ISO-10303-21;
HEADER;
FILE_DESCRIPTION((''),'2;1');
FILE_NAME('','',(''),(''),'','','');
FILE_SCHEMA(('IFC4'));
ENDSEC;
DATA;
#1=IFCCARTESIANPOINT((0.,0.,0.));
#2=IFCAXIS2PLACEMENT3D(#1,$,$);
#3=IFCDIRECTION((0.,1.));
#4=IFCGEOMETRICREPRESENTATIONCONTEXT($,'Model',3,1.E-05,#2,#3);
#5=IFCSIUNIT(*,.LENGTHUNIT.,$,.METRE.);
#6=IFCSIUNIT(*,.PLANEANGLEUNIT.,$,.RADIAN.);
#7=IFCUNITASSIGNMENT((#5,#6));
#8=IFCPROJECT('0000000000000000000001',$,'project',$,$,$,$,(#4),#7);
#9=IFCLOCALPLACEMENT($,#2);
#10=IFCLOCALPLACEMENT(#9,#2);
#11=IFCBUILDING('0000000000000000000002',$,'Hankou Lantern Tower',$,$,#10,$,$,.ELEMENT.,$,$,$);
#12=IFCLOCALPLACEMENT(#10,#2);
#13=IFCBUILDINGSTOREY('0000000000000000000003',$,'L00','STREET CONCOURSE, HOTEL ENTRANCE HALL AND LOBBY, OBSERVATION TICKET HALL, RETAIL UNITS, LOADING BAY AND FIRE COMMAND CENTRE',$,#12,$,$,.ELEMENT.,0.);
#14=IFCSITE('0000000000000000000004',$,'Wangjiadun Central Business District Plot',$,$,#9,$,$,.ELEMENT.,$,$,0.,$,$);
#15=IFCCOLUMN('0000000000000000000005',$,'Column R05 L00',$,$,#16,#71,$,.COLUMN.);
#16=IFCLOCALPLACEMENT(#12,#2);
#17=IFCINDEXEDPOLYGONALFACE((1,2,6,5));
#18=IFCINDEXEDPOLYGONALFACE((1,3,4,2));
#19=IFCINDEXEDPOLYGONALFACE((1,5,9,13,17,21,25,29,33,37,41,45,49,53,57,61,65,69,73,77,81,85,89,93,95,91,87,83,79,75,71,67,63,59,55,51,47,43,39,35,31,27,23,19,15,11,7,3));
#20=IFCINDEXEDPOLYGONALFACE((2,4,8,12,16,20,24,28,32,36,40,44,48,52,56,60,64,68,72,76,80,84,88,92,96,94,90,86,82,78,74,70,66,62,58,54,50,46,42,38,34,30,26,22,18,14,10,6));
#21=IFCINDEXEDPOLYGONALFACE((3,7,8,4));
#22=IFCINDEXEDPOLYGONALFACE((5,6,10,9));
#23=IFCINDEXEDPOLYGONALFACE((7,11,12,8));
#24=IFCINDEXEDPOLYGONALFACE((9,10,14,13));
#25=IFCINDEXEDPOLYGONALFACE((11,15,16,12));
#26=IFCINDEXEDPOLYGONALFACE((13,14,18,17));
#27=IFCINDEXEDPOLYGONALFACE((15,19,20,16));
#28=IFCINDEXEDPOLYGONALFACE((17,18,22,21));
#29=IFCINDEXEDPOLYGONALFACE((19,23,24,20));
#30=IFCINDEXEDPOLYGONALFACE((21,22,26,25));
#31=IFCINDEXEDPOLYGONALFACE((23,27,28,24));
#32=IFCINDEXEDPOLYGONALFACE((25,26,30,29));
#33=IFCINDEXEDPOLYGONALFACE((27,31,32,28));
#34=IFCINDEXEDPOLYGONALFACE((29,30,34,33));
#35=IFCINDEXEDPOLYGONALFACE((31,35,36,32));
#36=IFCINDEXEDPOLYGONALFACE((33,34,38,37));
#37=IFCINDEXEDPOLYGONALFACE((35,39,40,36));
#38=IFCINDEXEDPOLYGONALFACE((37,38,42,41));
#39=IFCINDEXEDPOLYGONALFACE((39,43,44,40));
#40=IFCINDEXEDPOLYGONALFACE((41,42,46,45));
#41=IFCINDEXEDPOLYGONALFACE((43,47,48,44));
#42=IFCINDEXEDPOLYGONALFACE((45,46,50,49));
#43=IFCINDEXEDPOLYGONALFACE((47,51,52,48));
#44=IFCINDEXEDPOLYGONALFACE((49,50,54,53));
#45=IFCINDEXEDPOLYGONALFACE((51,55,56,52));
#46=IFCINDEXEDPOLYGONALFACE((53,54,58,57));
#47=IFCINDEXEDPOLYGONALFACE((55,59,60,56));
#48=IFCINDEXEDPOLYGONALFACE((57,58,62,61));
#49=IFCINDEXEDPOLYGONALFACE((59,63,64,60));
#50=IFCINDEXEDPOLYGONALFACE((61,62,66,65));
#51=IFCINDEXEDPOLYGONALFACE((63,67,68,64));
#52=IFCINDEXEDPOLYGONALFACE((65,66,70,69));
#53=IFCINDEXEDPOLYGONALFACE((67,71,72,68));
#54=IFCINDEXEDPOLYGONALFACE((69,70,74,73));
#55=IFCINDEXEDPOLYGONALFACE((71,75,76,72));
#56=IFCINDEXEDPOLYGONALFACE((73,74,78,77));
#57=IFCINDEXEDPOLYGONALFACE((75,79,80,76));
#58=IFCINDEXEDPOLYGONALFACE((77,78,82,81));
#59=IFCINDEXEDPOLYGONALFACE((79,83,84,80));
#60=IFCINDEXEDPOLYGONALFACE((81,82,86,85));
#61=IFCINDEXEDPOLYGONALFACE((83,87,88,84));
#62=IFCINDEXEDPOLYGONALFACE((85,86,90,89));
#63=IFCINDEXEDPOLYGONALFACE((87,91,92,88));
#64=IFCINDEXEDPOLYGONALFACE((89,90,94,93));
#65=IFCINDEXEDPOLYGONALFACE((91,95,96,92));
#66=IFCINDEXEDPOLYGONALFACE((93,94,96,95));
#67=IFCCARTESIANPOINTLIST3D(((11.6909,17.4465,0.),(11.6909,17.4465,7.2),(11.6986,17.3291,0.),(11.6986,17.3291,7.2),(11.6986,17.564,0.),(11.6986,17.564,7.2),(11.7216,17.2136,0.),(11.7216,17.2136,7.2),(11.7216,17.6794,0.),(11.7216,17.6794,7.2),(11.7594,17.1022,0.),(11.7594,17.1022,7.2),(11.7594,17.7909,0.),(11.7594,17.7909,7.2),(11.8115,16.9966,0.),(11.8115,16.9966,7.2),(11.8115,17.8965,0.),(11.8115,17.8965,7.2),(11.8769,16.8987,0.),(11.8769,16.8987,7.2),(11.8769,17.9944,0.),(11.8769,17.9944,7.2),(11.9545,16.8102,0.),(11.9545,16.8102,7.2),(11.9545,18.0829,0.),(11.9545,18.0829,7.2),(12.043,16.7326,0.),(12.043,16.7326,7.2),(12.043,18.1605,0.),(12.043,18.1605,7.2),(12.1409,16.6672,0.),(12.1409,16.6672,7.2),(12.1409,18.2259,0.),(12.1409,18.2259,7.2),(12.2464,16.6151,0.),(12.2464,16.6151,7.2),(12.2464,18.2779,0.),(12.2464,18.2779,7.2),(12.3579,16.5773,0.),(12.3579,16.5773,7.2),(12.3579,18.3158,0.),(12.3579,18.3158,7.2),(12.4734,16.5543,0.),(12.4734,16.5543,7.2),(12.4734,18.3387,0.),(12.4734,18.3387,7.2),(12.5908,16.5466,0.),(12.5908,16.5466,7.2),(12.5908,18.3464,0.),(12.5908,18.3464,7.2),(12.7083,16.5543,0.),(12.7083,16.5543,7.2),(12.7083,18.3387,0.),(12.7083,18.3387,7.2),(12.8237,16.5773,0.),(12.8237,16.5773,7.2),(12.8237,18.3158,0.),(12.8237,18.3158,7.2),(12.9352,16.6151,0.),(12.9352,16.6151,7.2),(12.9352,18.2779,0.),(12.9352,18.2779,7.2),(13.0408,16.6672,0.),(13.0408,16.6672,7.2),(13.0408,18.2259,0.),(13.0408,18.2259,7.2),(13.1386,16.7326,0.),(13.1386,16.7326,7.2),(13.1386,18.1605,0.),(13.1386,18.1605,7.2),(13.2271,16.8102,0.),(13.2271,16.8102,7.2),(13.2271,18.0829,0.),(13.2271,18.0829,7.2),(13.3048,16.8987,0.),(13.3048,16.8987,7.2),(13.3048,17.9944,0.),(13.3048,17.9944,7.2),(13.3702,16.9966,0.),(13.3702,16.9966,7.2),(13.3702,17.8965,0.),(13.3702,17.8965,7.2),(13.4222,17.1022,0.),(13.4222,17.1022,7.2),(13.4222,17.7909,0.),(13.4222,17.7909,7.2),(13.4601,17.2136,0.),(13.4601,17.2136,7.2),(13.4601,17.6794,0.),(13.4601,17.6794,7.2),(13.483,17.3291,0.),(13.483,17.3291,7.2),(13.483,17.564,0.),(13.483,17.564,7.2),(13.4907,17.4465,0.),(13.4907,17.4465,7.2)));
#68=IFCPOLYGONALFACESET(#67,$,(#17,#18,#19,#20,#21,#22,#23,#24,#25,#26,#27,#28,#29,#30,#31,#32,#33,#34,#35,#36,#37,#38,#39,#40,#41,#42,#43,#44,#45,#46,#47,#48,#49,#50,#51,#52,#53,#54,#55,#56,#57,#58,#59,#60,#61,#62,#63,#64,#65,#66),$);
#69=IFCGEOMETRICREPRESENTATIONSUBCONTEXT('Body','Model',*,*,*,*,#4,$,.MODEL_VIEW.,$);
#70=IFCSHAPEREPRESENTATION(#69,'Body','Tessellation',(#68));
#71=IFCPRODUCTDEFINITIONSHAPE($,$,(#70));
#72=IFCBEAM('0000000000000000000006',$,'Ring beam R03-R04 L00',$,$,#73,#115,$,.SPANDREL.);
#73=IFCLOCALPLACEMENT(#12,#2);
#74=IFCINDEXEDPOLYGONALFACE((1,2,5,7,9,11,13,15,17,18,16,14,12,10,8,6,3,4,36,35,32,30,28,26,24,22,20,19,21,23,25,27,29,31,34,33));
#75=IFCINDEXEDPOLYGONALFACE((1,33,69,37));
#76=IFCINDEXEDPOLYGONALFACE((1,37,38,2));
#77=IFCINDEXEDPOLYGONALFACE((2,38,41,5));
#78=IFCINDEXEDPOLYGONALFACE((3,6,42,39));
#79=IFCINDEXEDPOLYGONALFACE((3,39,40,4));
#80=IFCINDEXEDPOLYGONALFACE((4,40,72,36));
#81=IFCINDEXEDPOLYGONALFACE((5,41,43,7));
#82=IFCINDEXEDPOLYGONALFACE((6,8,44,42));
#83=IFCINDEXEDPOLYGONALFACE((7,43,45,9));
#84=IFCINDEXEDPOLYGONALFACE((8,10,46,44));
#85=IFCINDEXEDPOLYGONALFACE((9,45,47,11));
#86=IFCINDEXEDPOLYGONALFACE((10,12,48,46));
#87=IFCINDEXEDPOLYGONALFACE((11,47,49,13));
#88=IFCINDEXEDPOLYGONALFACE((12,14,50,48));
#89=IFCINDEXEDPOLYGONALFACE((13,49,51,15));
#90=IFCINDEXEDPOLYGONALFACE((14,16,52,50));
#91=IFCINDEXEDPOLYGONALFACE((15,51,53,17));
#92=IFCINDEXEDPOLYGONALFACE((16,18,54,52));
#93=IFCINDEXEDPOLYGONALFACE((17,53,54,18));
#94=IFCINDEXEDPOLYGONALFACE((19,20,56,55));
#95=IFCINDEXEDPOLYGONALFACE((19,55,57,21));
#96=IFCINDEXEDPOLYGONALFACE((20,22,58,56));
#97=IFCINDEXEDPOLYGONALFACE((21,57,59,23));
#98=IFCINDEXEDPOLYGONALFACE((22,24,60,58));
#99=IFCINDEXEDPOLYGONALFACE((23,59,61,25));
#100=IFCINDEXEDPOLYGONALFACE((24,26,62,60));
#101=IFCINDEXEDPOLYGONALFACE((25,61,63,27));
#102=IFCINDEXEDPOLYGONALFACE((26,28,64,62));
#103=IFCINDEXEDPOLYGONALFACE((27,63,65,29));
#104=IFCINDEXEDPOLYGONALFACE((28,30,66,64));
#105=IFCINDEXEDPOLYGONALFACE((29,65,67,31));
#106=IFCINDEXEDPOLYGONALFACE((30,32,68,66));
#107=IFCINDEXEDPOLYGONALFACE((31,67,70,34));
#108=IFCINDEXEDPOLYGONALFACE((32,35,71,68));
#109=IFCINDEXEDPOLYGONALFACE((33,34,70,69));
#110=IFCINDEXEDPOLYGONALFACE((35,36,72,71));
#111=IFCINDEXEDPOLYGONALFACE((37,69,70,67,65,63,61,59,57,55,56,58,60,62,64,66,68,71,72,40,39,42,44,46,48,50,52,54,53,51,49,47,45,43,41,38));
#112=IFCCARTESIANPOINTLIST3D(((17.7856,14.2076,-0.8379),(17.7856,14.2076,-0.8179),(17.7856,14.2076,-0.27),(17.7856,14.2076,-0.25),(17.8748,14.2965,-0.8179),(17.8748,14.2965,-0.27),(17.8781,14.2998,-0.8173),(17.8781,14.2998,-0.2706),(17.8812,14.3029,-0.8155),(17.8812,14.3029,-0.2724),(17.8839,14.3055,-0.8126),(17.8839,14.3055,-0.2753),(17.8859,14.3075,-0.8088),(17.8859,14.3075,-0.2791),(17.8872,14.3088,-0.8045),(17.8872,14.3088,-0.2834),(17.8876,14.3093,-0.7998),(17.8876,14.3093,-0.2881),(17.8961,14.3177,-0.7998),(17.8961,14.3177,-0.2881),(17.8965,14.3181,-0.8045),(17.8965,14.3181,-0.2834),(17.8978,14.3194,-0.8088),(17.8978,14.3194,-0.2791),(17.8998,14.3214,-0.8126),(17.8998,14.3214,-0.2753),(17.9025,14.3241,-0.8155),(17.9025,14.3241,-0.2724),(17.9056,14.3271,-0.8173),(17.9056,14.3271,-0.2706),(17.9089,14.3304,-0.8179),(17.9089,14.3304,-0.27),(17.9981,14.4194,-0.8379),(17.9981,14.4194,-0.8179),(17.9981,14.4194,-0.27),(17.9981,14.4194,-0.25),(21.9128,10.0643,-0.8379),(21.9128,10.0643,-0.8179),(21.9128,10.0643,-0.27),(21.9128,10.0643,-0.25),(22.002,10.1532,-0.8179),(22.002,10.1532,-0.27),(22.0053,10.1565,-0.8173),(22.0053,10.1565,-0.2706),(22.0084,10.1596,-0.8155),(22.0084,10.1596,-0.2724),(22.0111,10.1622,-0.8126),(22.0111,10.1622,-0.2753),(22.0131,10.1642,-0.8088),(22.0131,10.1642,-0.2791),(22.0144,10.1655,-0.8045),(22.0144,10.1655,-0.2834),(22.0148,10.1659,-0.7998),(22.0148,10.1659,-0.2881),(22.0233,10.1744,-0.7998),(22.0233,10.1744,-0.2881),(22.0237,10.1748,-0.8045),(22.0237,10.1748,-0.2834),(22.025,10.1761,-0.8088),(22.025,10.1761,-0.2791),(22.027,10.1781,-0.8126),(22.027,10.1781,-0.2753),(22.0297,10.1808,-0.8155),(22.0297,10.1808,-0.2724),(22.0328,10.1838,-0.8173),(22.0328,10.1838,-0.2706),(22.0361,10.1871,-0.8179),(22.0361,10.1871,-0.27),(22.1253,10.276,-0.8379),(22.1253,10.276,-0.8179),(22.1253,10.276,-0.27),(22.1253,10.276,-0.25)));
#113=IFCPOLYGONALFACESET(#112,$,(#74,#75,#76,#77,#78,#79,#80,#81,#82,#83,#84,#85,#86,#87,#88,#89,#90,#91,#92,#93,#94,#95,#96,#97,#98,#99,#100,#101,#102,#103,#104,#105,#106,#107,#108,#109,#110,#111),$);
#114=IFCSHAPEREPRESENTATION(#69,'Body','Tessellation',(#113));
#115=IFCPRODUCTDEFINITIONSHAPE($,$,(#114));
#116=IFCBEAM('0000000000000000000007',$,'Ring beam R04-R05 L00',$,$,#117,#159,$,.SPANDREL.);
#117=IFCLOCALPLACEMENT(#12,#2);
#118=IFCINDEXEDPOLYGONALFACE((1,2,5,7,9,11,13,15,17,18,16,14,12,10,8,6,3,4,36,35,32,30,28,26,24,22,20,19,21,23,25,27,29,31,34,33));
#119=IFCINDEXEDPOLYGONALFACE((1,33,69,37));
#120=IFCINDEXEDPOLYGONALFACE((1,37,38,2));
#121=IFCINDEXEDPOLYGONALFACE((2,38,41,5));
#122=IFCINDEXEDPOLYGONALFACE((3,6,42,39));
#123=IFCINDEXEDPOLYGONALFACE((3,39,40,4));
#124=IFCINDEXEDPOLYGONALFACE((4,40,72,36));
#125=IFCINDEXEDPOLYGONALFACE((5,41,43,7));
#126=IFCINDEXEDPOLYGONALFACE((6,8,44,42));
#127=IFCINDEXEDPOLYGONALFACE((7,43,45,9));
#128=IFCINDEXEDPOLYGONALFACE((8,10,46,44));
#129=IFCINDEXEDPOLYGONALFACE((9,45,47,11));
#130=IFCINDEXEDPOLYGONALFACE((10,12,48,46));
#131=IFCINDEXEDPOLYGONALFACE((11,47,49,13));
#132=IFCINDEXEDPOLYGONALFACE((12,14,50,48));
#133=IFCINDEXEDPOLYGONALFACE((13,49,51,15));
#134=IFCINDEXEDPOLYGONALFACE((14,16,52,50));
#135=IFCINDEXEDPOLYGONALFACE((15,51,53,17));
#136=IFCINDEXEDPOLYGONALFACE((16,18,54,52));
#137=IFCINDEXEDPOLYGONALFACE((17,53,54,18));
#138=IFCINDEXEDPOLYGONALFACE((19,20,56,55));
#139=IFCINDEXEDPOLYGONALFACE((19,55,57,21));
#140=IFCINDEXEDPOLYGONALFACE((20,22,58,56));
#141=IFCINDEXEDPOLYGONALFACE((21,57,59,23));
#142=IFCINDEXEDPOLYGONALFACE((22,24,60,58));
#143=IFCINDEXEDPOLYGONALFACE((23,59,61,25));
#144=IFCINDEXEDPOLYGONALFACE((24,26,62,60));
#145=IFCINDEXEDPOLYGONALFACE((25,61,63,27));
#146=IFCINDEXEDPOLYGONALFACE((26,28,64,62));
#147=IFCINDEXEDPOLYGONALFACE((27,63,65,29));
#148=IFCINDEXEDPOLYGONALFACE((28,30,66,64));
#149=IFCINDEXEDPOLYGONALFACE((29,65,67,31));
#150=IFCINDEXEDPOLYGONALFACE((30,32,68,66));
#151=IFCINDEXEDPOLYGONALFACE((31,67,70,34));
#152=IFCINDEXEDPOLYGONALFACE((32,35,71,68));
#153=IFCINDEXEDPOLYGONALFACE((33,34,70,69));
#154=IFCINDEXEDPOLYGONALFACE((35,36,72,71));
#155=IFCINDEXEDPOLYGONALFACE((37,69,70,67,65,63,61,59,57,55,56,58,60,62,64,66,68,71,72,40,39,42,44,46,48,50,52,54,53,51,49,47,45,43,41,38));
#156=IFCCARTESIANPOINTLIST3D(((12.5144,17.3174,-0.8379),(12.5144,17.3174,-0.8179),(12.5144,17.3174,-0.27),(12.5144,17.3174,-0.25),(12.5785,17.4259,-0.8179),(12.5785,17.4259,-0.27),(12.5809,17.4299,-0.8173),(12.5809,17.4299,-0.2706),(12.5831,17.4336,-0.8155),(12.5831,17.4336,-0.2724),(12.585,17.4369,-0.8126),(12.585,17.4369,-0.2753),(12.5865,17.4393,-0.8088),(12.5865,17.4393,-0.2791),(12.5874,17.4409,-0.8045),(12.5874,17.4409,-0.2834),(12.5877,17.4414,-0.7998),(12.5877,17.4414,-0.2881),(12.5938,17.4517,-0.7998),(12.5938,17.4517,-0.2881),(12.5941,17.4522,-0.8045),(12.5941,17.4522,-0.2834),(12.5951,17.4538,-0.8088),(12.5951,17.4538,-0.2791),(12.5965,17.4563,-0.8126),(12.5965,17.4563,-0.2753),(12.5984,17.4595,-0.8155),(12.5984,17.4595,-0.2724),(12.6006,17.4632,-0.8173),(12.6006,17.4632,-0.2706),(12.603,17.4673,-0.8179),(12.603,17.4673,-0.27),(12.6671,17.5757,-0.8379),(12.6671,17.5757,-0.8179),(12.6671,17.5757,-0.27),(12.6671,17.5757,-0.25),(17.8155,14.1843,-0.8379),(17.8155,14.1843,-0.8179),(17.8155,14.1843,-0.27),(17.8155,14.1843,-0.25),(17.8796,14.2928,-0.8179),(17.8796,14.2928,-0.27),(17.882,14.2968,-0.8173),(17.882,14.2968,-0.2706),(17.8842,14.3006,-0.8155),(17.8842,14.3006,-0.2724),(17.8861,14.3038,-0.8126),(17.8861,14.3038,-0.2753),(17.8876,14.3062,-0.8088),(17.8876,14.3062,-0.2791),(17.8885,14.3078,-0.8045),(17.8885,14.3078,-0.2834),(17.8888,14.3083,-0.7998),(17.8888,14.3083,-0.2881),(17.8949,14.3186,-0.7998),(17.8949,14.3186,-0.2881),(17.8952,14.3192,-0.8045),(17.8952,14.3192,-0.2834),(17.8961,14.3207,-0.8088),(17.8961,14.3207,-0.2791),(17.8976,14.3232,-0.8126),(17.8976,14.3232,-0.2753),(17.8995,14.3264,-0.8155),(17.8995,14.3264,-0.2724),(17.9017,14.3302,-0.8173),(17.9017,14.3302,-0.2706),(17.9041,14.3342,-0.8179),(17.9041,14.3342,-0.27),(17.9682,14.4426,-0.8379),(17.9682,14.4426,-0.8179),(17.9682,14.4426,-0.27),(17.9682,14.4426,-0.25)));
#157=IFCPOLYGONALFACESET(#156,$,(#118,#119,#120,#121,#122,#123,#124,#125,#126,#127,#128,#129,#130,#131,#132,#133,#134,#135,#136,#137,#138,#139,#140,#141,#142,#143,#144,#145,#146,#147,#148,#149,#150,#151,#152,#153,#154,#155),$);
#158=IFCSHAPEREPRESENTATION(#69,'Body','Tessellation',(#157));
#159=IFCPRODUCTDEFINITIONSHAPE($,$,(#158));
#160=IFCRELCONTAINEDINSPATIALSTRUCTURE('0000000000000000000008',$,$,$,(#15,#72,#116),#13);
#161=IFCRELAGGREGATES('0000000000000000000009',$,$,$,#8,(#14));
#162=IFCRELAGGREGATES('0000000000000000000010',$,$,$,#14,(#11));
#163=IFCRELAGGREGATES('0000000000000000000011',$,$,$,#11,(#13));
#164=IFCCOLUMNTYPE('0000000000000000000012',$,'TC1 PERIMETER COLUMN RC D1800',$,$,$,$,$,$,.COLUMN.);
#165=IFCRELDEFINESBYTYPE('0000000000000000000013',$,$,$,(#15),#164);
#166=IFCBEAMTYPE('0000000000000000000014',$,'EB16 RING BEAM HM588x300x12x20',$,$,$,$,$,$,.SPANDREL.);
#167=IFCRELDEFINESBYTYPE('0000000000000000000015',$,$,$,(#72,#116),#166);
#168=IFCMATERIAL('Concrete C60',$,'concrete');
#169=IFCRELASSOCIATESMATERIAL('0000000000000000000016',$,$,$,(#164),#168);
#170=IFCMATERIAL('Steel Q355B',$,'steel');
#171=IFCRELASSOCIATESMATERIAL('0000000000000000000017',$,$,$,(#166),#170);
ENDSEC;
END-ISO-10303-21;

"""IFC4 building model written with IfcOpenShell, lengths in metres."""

from ifc_helpers import new_model, si_unit, direction, frame, origin, origin_2d, place, context, subcontext, project, spatial, circle, i_section, extrude, material, material_profile, profile_set, type_object, element, save


model = new_model("IFC4")

# Units and contexts
model_context = context("Model", 3, precision=1e-05, world=origin(), true_north=direction((0.0, 1.0)))
body_context = subcontext(model_context, "Body", "Model", "MODEL_VIEW")
ifc_project = project(units=[si_unit("LENGTHUNIT", "METRE"), si_unit("PLANEANGLEUNIT", "RADIAN")], contexts=[model_context])

# Site, building, storey
site_placement = place(None, origin())
site = spatial("IfcSite", under=ifc_project, at=site_placement, Name="Wangjiadun Central Business District Plot", CompositionType="ELEMENT", RefElevation=0.0)
building_placement = place(site_placement, origin())
building = spatial("IfcBuilding", under=site, at=building_placement, Name="Hankou Lantern Tower", CompositionType="ELEMENT")
storey_placement = place(building_placement, origin())
storey = spatial("IfcBuildingStorey", under=building, at=storey_placement, Name="L00", Description="STREET CONCOURSE, HOTEL ENTRANCE HALL AND LOBBY, OBSERVATION TICKET HALL, RETAIL UNITS, LOADING BAY AND FIRE COMMAND CENTRE", CompositionType="ELEMENT", Elevation=0.0)

# Column
ifc_material_1 = material(Name="Concrete C60", Category="concrete")
ifc_material_profile_1 = material_profile(ifc_material_1, circle(Radius=0.8999, at=origin_2d()), Name="RC D1800")
ifc_profile_set_1 = profile_set([ifc_material_profile_1], Name="Concrete C60")
column_type = type_object("IfcColumnType", Name="TC1 PERIMETER COLUMN RC D1800", PredefinedType="COLUMN", material=ifc_profile_set_1)
for number, where, z_axis, x_axis, name in (
    (1, (12.5908, 17.4465, 0.0), (0.0, 0.0, 1.0), (1.0, 0.0, 0.0), "Column R05 L00"),
):
    element("IfcColumn", number, at=place(storey_placement, frame(where, z_axis=z_axis, x_axis=x_axis)), inside=storey, type_object=column_type, Name=name, PredefinedType="COLUMN", context=body_context, shape_type="SweptSolid", body=[
        extrude(circle(Radius=0.8999, at=origin_2d()), origin(), (0.0, 0.0, 1.0), 7.2),
    ])

# Beams
ifc_material_2 = material(Name="Steel Q355B", Category="steel")
ifc_material_profile_2 = material_profile(ifc_material_2, i_section(OverallWidth=0.3, OverallDepth=0.5879, WebThickness=0.012, FlangeThickness=0.02, FilletRadius=0.0181, at=origin_2d()), Name="HM588x300x12x20")
ifc_profile_set_2 = profile_set([ifc_material_profile_2], Name="Steel Q355B")
beam_type_1 = type_object("IfcBeamType", Name="EB16 RING BEAM HM588x300x12x20", PredefinedType="SPANDREL", material=ifc_profile_set_2)
beam_1_placement = place(storey_placement, frame((22.019, 10.1702, -0.5439), z_axis=(-0.705728, 0.708483, 0.0), x_axis=(-0.708483, -0.705728, 0.0)))
element("IfcBeam", 2, at=beam_1_placement, inside=storey, type_object=beam_type_1, Name="Ring beam R03-R04 L00", PredefinedType="SPANDREL", context=body_context, shape_type="SweptSolid", body=[
    extrude(i_section(OverallWidth=0.3, OverallDepth=0.5879, WebThickness=0.012, FlangeThickness=0.02, FilletRadius=0.0181, at=origin_2d()), origin(), (0.0, 0.0, 1.0), 5.8481),
])
beam_2_placement = place(storey_placement, frame((17.8918, 14.3135, -0.5439), z_axis=(-0.860882, 0.508805, 0.0), x_axis=(-0.508805, -0.860882, 0.0)))
element("IfcBeam", 3, at=beam_2_placement, inside=storey, type_object=beam_type_1, Name="Ring beam R04-R05 L00", PredefinedType="SPANDREL", context=body_context, shape_type="SweptSolid", body=[
    extrude(i_section(OverallWidth=0.3, OverallDepth=0.5879, WebThickness=0.012, FlangeThickness=0.02, FilletRadius=0.0181, at=origin_2d()), origin(), (0.0, 0.0, 1.0), 6.1577),
])

save(model, "model.ifc")
